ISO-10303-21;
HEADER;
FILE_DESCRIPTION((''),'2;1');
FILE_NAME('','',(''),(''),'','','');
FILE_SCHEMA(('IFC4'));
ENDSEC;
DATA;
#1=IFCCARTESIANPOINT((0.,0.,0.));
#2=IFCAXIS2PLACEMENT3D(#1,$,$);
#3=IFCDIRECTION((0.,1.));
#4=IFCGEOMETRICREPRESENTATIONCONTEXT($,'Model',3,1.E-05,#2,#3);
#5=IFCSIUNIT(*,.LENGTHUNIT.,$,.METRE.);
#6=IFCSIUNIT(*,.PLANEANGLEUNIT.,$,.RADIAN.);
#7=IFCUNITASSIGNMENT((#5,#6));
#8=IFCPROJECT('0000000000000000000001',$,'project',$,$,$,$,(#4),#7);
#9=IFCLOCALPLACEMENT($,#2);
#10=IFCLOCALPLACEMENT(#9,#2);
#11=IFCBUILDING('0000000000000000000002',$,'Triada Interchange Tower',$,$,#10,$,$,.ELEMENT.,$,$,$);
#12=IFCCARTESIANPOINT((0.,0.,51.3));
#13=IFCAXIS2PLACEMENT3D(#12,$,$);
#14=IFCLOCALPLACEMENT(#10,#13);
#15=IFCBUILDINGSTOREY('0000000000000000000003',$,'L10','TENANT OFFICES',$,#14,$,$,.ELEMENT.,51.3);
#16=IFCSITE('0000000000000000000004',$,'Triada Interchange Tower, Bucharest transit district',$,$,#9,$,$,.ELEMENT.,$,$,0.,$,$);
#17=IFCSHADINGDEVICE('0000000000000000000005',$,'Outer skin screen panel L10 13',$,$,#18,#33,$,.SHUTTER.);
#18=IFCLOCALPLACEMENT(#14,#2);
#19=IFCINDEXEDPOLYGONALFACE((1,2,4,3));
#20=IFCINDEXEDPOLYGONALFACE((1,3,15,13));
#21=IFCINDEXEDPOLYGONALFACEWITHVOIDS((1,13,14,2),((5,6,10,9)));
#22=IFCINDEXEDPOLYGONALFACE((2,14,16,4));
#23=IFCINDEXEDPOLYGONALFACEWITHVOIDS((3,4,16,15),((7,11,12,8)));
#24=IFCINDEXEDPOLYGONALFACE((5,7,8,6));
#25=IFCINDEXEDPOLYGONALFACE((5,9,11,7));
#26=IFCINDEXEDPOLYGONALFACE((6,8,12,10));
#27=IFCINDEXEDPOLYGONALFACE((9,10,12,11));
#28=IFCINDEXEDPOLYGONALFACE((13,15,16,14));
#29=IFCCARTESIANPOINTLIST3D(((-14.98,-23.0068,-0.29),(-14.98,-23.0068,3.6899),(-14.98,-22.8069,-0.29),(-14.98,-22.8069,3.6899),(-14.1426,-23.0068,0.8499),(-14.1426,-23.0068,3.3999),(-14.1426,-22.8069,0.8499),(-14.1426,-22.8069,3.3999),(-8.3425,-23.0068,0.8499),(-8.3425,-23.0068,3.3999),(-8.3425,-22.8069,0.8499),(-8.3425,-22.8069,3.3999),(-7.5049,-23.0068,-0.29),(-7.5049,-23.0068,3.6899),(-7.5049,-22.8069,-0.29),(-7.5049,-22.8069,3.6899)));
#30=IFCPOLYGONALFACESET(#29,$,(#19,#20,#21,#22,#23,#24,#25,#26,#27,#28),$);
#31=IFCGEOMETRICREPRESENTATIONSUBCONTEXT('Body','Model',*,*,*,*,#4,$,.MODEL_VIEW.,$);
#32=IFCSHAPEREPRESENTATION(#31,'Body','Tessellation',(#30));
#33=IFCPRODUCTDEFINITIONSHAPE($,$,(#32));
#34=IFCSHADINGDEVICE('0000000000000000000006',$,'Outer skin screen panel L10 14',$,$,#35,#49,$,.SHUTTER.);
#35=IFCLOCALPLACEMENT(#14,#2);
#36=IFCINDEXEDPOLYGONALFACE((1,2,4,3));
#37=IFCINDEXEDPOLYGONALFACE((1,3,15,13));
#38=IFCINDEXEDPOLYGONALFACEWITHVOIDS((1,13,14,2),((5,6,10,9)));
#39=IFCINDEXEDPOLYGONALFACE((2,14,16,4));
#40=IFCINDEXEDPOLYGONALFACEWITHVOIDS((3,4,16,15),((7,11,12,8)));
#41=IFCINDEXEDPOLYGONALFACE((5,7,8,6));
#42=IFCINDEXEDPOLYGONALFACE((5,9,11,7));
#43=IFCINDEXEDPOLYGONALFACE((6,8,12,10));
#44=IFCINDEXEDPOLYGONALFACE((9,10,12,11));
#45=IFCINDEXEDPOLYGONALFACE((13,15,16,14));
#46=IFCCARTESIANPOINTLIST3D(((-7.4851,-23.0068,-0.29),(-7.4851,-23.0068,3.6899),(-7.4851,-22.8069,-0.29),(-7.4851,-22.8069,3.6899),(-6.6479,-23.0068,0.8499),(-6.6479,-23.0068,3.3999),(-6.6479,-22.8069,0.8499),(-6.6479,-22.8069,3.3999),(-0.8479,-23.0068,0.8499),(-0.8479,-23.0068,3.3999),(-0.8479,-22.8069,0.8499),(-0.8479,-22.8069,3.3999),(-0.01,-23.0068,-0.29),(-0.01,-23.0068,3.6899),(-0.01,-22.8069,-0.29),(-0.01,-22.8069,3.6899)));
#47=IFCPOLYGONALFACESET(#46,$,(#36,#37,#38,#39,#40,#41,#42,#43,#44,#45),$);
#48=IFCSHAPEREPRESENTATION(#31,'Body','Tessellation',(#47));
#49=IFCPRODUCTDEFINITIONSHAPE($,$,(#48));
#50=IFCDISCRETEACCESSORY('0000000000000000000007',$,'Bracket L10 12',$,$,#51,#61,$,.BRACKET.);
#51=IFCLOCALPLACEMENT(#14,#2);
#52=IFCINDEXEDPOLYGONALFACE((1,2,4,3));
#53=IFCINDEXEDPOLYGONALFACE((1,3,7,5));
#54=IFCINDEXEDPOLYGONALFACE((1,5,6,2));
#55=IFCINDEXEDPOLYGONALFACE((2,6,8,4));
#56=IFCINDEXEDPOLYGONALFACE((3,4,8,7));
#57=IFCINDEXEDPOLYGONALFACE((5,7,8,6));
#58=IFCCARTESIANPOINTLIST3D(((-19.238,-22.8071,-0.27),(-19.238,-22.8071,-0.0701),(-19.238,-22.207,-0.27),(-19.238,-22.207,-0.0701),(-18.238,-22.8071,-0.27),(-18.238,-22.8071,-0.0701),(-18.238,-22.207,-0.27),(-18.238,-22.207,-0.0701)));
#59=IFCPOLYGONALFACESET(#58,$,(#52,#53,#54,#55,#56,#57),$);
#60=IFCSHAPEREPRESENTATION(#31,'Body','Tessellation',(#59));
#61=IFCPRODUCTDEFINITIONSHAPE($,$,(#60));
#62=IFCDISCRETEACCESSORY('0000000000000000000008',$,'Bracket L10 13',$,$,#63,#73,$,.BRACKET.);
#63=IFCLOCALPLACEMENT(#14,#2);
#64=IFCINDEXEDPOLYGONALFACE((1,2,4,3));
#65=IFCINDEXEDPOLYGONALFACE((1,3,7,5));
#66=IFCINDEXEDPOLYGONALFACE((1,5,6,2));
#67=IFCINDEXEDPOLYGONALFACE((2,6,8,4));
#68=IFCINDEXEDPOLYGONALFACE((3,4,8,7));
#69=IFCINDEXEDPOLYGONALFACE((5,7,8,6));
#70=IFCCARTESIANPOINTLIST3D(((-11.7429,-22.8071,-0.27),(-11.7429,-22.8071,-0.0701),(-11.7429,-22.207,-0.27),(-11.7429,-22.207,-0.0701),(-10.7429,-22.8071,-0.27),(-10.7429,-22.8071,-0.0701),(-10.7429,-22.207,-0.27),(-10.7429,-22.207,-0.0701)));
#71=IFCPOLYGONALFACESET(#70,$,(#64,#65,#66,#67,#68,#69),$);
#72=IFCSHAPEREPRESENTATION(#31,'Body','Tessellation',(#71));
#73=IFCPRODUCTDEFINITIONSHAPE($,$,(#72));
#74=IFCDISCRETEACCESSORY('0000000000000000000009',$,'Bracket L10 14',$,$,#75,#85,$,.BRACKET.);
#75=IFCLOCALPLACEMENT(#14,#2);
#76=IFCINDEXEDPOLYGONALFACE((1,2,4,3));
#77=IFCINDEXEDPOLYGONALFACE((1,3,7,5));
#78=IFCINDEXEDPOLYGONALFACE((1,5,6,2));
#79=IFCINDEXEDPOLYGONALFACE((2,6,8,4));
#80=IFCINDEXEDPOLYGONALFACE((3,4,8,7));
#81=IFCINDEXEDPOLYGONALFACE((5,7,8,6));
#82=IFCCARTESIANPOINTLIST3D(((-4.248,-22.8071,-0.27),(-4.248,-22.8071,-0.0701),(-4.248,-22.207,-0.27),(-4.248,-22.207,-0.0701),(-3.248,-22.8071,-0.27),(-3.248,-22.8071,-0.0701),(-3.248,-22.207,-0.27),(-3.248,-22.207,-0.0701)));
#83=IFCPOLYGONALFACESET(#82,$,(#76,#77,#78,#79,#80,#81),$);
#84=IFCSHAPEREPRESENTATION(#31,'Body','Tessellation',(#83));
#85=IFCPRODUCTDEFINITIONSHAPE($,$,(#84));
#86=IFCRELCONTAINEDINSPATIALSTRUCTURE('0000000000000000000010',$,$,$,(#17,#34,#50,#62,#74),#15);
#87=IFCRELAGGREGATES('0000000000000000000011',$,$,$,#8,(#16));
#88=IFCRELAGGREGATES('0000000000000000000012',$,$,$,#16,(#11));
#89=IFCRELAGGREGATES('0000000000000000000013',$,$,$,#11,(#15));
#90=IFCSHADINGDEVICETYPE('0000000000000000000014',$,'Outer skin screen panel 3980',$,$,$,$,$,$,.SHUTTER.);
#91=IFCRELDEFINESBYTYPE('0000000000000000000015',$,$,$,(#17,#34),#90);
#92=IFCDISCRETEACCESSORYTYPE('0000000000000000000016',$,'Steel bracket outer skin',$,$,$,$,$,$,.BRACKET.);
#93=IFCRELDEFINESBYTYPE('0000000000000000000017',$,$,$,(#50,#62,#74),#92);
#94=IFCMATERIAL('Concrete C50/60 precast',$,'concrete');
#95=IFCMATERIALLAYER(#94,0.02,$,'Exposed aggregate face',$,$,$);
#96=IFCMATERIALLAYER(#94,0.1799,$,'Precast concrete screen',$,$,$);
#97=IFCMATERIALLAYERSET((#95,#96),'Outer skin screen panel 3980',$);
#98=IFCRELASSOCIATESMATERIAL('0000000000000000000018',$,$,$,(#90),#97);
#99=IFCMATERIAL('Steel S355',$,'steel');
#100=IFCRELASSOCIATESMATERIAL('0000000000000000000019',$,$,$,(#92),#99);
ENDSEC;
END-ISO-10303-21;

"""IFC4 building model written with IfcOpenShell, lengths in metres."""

from ifc_helpers import new_model, si_unit, direction, frame, origin, origin_2d, place, context, subcontext, project, spatial, polyline, rectangle, outline, extrude, material, layer, layer_set, type_object, element, save


model = new_model("IFC4")

# Units and contexts
model_context = context("Model", 3, precision=1e-05, world=origin(), true_north=direction((0.0, 1.0)))
body_context = subcontext(model_context, "Body", "Model", "MODEL_VIEW")
ifc_project = project(units=[si_unit("LENGTHUNIT", "METRE"), si_unit("PLANEANGLEUNIT", "RADIAN")], contexts=[model_context])

# Site, building, storey
site_placement = place(None, origin())
site = spatial("IfcSite", under=ifc_project, at=site_placement, Name="Triada Interchange Tower, Bucharest transit district", CompositionType="ELEMENT", RefElevation=0.0)
building_placement = place(site_placement, origin())
building = spatial("IfcBuilding", under=site, at=building_placement, Name="Triada Interchange Tower", CompositionType="ELEMENT")
storey_placement = place(building_placement, frame((0.0, 0.0, 51.3)))
storey = spatial("IfcBuildingStorey", under=building, at=storey_placement, Name="L10", Description="TENANT OFFICES", CompositionType="ELEMENT", Elevation=51.3)

# Shading devices
ifc_material_1 = material(Name="Concrete C50/60 precast", Category="concrete")
ifc_layer_1 = layer(ifc_material_1, 0.02, Name="Exposed aggregate face")
ifc_layer_2 = layer(ifc_material_1, 0.1799, Name="Precast concrete screen")
ifc_layer_set_1 = layer_set([ifc_layer_1, ifc_layer_2], Name="Outer skin screen panel 3980")
shading_device_type = type_object("IfcShadingDeviceType", Name="Outer skin screen panel 3980", PredefinedType="SHUTTER", material=ifc_layer_set_1)
shading_device_1_placement = place(storey_placement, frame((-14.98, -22.8069, -0.29), z_axis=(0.0, 0.0, 1.0), x_axis=(1.0, 0.0, 0.0)))
element("IfcShadingDevice", 1, at=shading_device_1_placement, inside=storey, type_object=shading_device_type, Name="Outer skin screen panel L10 13", PredefinedType="SHUTTER", context=body_context, shape_type="SweptSolid", body=[
    extrude(outline(polyline([(0.0, 0.0), (7.4751, 0.0), (7.4751, 3.98), (0.0, 3.98), (0.0, 0.0)]), holes=[polyline([(0.8374, 1.1399), (0.8374, 3.6899), (6.6375, 3.6899), (6.6375, 1.1399), (0.8374, 1.1399)])]), frame((0.0, 0.0, 0.0), z_axis=(0.0, -1.0, 0.0), x_axis=(1.0, 0.0, 0.0)), (0.0, 0.0, 1.0), 0.2),
])
shading_device_2_placement = place(storey_placement, frame((-7.4851, -22.8069, -0.29), z_axis=(0.0, 0.0, 1.0), x_axis=(1.0, 0.0, 0.0)))
element("IfcShadingDevice", 2, at=shading_device_2_placement, inside=storey, type_object=shading_device_type, Name="Outer skin screen panel L10 14", PredefinedType="SHUTTER", context=body_context, shape_type="SweptSolid", body=[
    extrude(outline(polyline([(0.0, 0.0), (7.4751, 0.0), (7.4751, 3.98), (0.0, 3.98), (0.0, 0.0)]), holes=[polyline([(0.8372, 1.1399), (0.8372, 3.6899), (6.6372, 3.6899), (6.6372, 1.1399), (0.8372, 1.1399)])]), frame((0.0, 0.0, 0.0), z_axis=(0.0, -1.0, 0.0), x_axis=(1.0, 0.0, 0.0)), (0.0, 0.0, 1.0), 0.2),
])

# Discrete accessories
ifc_material_2 = material(Name="Steel S355", Category="steel")
discrete_accessory_type = type_object("IfcDiscreteAccessoryType", Name="Steel bracket outer skin", PredefinedType="BRACKET", material=ifc_material_2)
for number, where, z_axis, x_axis, name in (
    (3, (-18.738, -22.5071, -0.27), (0.0, 0.0, 1.0), (0.0, -1.0, 0.0), "Bracket L10 12"),
    (4, (-11.2429, -22.5071, -0.27), (0.0, 0.0, 1.0), (0.0, -1.0, 0.0), "Bracket L10 13"),
    (5, (-3.748, -22.5071, -0.27), (0.0, 0.0, 1.0), (0.0, -1.0, 0.0), "Bracket L10 14"),
):
    element("IfcDiscreteAccessory", number, at=place(storey_placement, frame(where, z_axis=z_axis, x_axis=x_axis)), inside=storey, type_object=discrete_accessory_type, Name=name, PredefinedType="BRACKET", context=body_context, shape_type="SweptSolid", body=[
        extrude(rectangle(XDim=0.6001, YDim=1.0, at=origin_2d()), origin(), (0.0, 0.0, 1.0), 0.2),
    ])

save(model, "model.ifc")
